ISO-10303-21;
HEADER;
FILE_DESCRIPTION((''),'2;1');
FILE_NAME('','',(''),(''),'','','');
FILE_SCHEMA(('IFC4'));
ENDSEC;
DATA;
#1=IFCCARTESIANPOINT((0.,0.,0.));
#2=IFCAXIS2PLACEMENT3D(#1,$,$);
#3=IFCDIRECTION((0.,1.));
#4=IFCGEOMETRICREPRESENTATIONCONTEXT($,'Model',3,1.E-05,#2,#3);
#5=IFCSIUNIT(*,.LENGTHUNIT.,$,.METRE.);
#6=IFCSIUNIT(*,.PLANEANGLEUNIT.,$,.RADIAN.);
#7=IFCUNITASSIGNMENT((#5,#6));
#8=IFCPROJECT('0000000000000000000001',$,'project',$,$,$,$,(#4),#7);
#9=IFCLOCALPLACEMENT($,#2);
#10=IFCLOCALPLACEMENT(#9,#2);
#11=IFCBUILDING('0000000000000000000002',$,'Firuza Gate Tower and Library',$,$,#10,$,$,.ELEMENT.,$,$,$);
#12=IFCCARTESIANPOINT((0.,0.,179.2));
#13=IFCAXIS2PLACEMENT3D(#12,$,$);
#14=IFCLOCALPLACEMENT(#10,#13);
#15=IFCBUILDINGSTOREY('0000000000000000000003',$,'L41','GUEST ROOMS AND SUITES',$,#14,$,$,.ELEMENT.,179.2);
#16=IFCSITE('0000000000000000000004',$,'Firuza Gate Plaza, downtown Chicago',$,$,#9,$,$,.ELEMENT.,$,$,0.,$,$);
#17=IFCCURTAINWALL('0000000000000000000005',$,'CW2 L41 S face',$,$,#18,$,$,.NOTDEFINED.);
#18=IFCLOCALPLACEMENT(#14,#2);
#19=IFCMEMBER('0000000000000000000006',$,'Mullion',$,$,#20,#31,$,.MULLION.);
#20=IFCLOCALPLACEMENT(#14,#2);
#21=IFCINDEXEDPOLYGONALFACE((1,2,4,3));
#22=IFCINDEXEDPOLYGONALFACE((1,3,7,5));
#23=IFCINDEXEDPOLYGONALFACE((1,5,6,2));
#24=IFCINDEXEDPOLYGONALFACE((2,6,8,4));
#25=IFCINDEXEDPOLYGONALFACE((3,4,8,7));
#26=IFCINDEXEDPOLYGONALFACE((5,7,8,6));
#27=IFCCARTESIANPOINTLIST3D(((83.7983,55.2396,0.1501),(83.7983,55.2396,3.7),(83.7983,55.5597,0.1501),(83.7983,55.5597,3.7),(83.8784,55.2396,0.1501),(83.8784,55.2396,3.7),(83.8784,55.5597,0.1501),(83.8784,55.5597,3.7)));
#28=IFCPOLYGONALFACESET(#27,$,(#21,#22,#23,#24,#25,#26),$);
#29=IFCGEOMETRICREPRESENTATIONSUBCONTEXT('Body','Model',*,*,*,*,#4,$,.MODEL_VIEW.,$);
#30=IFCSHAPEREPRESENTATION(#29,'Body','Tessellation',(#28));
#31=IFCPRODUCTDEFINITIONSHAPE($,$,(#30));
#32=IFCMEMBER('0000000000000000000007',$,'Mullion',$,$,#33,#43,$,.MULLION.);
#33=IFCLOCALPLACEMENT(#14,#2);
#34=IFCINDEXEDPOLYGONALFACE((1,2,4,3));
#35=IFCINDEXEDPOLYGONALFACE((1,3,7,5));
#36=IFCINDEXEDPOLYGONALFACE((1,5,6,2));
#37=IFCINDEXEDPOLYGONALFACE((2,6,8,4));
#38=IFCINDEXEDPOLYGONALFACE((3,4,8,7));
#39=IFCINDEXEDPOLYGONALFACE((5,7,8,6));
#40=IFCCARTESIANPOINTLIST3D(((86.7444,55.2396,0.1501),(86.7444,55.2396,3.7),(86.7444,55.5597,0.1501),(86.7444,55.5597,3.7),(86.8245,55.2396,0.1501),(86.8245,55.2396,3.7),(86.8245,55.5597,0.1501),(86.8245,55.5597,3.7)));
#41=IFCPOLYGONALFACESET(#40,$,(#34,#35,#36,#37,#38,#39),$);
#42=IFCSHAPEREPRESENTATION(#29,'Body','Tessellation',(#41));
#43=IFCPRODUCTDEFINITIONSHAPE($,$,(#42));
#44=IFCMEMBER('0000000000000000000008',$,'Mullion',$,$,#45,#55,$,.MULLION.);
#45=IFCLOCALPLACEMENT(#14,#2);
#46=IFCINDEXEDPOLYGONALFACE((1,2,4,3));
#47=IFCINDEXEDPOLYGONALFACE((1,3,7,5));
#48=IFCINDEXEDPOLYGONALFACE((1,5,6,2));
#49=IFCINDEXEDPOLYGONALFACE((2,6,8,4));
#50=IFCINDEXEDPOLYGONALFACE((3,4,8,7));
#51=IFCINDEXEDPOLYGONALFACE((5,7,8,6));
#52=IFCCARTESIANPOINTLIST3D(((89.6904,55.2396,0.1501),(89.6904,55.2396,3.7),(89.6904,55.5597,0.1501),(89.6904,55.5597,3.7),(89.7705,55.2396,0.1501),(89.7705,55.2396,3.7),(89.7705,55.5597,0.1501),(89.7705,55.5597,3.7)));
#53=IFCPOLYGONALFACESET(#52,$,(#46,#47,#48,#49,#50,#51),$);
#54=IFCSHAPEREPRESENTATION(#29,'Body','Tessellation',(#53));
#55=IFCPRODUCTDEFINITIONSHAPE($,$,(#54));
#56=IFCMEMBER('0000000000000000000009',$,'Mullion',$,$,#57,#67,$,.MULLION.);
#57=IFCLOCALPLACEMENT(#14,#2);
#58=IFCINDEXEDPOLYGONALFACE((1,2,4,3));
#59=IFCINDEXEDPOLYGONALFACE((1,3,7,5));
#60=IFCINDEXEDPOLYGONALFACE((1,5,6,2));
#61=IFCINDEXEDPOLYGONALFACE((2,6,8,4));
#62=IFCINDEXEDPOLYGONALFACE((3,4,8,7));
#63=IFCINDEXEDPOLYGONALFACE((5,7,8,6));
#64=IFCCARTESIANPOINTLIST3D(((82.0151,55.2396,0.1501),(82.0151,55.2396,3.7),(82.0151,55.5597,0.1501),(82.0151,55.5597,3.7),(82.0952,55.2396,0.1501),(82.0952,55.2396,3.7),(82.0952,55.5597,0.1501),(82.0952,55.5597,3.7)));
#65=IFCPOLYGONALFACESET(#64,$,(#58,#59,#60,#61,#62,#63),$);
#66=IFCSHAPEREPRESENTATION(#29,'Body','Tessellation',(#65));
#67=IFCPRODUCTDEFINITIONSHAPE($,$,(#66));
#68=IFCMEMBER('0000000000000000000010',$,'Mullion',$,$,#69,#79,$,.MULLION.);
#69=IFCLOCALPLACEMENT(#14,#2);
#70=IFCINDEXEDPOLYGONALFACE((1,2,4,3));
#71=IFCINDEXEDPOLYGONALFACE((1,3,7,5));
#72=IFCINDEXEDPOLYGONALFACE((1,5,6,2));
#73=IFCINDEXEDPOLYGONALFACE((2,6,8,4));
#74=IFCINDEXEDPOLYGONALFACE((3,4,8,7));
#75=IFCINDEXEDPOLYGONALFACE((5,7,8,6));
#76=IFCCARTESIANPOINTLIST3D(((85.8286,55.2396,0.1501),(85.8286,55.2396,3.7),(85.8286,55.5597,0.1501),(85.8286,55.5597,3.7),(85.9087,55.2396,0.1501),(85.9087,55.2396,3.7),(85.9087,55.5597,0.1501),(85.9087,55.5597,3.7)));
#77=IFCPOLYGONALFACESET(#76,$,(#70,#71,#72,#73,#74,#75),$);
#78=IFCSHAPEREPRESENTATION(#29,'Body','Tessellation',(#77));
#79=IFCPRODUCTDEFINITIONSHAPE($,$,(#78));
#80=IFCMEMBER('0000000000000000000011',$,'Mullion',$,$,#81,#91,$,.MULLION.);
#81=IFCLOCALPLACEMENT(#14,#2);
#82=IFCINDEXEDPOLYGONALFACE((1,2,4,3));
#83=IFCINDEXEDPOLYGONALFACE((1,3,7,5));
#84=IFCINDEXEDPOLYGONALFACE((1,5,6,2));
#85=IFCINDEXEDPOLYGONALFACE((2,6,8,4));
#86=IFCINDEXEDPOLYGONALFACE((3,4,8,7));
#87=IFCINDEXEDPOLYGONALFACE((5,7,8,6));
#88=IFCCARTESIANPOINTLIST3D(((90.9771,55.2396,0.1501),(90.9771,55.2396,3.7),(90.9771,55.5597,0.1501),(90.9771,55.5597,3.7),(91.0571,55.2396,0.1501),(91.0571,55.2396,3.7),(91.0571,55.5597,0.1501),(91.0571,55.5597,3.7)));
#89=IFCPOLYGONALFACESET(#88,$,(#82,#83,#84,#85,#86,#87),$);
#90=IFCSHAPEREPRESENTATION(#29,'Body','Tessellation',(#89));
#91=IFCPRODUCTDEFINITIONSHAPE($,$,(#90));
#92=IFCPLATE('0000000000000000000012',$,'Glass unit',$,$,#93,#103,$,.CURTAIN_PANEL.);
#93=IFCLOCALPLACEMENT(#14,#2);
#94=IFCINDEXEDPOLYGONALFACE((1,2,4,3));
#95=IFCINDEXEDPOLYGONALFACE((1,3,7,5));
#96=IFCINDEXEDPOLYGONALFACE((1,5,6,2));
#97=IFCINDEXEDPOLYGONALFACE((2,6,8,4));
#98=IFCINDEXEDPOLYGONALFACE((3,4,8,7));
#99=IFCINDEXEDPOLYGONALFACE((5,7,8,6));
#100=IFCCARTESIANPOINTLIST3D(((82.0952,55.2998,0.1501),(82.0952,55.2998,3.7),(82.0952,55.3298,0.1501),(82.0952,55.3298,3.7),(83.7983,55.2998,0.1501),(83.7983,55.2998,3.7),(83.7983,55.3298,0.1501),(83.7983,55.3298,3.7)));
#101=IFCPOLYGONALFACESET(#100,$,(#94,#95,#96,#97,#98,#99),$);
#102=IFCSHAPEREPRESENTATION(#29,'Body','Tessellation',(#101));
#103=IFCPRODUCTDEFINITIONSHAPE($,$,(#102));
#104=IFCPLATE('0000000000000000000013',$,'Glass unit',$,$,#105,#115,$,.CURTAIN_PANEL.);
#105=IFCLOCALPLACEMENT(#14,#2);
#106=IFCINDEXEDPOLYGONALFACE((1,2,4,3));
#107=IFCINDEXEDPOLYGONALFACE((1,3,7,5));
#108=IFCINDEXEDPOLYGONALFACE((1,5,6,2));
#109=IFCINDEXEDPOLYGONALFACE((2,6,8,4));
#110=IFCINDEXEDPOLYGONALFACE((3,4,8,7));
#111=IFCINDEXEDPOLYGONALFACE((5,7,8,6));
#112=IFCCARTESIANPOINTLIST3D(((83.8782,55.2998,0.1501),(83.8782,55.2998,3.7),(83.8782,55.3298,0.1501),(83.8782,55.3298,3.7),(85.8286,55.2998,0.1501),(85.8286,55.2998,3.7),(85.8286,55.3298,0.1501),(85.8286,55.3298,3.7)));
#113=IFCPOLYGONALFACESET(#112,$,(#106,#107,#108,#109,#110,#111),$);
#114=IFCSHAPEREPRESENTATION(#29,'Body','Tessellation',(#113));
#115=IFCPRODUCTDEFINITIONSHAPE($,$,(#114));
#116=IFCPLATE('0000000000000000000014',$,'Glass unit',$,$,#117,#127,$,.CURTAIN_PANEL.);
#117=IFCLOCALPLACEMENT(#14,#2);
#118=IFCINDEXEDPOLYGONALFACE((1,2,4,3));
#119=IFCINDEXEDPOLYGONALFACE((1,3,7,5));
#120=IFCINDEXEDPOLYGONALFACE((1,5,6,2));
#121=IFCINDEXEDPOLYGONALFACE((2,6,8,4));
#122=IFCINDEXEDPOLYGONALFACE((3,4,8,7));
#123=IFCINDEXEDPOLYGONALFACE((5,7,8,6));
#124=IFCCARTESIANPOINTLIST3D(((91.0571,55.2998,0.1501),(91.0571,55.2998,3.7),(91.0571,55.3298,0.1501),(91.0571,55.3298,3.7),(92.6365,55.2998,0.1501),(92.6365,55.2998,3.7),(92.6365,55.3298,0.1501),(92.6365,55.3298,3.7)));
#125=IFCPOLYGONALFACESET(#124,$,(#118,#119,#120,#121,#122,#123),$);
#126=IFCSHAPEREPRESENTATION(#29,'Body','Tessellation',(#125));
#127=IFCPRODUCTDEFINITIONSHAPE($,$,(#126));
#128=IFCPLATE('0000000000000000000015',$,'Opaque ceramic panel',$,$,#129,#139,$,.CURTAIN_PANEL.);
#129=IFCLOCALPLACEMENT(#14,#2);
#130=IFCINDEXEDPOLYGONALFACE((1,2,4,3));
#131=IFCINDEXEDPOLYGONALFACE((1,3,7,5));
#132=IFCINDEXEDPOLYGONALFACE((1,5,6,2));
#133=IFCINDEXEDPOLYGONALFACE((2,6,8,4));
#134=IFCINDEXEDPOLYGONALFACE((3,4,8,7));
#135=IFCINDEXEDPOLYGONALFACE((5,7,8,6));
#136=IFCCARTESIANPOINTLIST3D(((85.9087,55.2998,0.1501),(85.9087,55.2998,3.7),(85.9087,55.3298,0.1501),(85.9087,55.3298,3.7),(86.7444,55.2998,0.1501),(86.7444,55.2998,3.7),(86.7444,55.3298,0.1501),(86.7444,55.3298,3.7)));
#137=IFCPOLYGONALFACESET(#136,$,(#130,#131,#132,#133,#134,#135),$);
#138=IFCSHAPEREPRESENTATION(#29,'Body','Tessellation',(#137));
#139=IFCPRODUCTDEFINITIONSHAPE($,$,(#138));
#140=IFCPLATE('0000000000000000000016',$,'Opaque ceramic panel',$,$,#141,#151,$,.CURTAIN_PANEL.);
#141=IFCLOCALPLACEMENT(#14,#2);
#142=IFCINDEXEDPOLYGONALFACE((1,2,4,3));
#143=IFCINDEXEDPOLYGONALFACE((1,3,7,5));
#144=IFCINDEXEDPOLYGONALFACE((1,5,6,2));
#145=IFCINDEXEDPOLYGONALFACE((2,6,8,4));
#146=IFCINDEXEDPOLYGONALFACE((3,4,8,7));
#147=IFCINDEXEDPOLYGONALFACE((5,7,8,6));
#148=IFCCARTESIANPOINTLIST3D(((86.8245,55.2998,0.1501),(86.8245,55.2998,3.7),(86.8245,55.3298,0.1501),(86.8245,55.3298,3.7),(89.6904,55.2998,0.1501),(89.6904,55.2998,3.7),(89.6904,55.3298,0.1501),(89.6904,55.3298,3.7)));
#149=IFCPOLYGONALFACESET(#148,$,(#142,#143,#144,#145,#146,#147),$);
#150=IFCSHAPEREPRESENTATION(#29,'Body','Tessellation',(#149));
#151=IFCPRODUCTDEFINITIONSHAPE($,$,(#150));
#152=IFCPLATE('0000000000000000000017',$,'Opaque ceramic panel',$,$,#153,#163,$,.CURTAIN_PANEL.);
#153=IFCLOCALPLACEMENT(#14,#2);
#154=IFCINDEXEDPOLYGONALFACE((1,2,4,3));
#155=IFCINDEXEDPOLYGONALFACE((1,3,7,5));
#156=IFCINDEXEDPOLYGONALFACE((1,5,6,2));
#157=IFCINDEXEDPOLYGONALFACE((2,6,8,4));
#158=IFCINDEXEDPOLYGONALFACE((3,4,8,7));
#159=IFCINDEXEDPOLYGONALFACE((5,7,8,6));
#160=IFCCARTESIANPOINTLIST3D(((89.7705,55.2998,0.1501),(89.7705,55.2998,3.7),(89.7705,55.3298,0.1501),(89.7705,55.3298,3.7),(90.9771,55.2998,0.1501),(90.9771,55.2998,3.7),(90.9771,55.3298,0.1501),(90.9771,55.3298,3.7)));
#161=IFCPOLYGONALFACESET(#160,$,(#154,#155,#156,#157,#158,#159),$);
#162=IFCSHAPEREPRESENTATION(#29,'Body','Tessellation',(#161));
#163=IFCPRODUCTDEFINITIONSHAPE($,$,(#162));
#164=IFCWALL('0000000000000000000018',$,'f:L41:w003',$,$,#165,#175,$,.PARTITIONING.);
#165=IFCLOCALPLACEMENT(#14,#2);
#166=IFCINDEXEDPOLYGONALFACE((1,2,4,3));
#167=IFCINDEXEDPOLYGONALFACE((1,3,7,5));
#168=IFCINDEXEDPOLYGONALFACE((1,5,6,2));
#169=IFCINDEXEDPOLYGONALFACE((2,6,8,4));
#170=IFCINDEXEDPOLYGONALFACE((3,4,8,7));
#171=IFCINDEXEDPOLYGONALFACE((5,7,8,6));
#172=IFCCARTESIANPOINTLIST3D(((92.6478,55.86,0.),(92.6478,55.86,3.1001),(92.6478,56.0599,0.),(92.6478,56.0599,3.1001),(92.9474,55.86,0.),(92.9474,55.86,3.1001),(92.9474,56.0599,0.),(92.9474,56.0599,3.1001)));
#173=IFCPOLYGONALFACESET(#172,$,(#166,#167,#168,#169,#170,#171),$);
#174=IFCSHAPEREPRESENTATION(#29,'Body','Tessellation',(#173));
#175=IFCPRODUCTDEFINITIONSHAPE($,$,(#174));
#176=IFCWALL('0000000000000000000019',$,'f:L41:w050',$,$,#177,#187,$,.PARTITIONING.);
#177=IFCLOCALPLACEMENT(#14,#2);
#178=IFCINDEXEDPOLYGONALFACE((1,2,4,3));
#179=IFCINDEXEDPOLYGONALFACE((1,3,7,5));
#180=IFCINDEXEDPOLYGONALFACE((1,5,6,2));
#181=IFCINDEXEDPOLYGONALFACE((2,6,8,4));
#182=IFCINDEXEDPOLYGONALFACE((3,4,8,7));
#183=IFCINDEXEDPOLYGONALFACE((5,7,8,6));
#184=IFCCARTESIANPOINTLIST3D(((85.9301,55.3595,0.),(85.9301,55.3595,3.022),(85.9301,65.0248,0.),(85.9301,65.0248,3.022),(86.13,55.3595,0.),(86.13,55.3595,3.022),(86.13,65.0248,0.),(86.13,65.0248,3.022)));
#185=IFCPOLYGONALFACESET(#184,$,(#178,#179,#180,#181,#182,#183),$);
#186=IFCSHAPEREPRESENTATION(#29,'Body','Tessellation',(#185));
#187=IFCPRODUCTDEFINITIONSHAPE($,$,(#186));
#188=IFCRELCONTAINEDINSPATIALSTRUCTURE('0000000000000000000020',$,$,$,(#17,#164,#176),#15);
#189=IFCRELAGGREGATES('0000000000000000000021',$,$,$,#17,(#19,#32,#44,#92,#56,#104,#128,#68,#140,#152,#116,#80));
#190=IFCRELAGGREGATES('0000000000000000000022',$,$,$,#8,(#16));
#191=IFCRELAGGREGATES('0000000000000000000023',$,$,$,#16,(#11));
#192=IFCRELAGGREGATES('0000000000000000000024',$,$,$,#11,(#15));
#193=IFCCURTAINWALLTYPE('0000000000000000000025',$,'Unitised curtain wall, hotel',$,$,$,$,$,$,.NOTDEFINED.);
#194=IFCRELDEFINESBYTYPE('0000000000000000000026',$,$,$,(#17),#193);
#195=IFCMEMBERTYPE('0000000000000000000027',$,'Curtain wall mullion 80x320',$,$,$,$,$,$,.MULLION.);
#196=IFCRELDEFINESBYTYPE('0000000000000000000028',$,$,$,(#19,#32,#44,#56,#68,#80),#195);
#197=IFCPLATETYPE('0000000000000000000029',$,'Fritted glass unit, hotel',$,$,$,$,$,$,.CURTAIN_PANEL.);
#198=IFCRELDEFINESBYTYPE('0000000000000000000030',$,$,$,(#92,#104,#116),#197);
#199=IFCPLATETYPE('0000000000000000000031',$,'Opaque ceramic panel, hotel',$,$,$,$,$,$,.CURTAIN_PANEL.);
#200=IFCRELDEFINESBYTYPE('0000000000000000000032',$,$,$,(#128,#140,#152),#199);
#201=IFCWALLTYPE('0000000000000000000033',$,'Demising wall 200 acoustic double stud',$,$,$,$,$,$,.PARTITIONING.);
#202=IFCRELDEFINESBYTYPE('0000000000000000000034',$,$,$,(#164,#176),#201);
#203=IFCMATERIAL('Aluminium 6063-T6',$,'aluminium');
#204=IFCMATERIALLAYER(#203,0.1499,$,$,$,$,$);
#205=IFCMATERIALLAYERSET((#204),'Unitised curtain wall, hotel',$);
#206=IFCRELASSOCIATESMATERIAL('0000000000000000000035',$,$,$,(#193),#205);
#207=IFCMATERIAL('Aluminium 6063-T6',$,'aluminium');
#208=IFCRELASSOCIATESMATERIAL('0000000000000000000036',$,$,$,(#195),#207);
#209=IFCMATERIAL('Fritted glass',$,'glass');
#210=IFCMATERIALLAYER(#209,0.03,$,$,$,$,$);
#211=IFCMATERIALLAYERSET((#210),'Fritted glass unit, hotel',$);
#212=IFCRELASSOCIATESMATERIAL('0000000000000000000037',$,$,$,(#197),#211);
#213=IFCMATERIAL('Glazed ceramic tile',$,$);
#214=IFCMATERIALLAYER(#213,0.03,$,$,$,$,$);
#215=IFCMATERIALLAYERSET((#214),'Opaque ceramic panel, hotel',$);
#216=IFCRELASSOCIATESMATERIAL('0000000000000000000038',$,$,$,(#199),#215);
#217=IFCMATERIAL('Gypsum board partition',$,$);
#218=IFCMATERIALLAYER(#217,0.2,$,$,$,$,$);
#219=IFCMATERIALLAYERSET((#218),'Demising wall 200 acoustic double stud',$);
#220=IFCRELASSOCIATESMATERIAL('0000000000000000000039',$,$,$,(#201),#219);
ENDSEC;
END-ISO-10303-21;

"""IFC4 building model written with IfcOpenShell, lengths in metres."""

from ifc_helpers import new_model, si_unit, direction, frame, frame_2d, origin, origin_2d, place, context, subcontext, project, spatial, polyline, rectangle, outline, extrude, material, layer, layer_set, material_profile, profile_set, type_object, element, aggregate, save


model = new_model("IFC4")

# Units and contexts
model_context = context("Model", 3, precision=1e-05, world=origin(), true_north=direction((0.0, 1.0)))
body_context = subcontext(model_context, "Body", "Model", "MODEL_VIEW")
ifc_project = project(units=[si_unit("LENGTHUNIT", "METRE"), si_unit("PLANEANGLEUNIT", "RADIAN")], contexts=[model_context])

# Site, building, storey
site_placement = place(None, origin())
site = spatial("IfcSite", under=ifc_project, at=site_placement, Name="Firuza Gate Plaza, downtown Chicago", CompositionType="ELEMENT", RefElevation=0.0)
building_placement = place(site_placement, origin())
building = spatial("IfcBuilding", under=site, at=building_placement, Name="Firuza Gate Tower and Library", CompositionType="ELEMENT")
storey_placement = place(building_placement, frame((0.0, 0.0, 179.2)))
storey = spatial("IfcBuildingStorey", under=building, at=storey_placement, Name="L41", Description="GUEST ROOMS AND SUITES", CompositionType="ELEMENT", Elevation=179.2)

# Curtain wall, members, plates
ifc_material_1 = material(Name="Aluminium 6063-T6", Category="aluminium")
ifc_layer_1 = layer(ifc_material_1, 0.1499)
ifc_layer_set_1 = layer_set([ifc_layer_1], Name="Unitised curtain wall, hotel")
curtain_wall_type = type_object("IfcCurtainWallType", Name="Unitised curtain wall, hotel", PredefinedType="NOTDEFINED", material=ifc_layer_set_1)
curtain_wall_placement = place(storey_placement, origin())
curtain_wall = element("IfcCurtainWall", 1, at=curtain_wall_placement, inside=storey, type_object=curtain_wall_type, Name="CW2 L41 S face", PredefinedType="NOTDEFINED")
ifc_material_2 = material(Name="Aluminium 6063-T6", Category="aluminium")
ifc_material_profile = material_profile(ifc_material_2, rectangle(XDim=0.3201, YDim=0.0801, at=origin_2d()))
ifc_profile_set = profile_set([ifc_material_profile], Name="Aluminium 6063-T6")
member_type = type_object("IfcMemberType", Name="Curtain wall mullion 80x320", PredefinedType="MULLION", material=ifc_profile_set)
member_1_placement = place(storey_placement, frame((83.8384, 55.3997, 0.1501), z_axis=(0.0, 0.0, 1.0), x_axis=(0.0, 1.0, 0.0)))
member_1 = element("IfcMember", 2, at=member_1_placement, type_object=member_type, Name="Mullion", PredefinedType="MULLION", context=body_context, shape_type="SweptSolid", body=[
    extrude(rectangle(XDim=0.3201, YDim=0.0801, at=origin_2d()), origin(), (0.0, 0.0, 1.0), 3.5498),
])
member_2_placement = place(storey_placement, frame((86.7844, 55.3997, 0.1501), z_axis=(0.0, 0.0, 1.0), x_axis=(0.0, 1.0, 0.0)))
member_2 = element("IfcMember", 3, at=member_2_placement, type_object=member_type, Name="Mullion", PredefinedType="MULLION", context=body_context, shape_type="SweptSolid", body=[
    extrude(rectangle(XDim=0.3201, YDim=0.0801, at=origin_2d()), origin(), (0.0, 0.0, 1.0), 3.5498),
])
member_3_placement = place(storey_placement, frame((89.7305, 55.3997, 0.1501), z_axis=(0.0, 0.0, 1.0), x_axis=(0.0, 1.0, 0.0)))
member_3 = element("IfcMember", 4, at=member_3_placement, type_object=member_type, Name="Mullion", PredefinedType="MULLION", context=body_context, shape_type="SweptSolid", body=[
    extrude(rectangle(XDim=0.3201, YDim=0.0801, at=origin_2d()), origin(), (0.0, 0.0, 1.0), 3.5498),
])
member_4_placement = place(storey_placement, frame((82.0552, 55.3997, 0.1501), z_axis=(0.0, 0.0, 1.0), x_axis=(0.0, 1.0, 0.0)))
member_4 = element("IfcMember", 5, at=member_4_placement, type_object=member_type, Name="Mullion", PredefinedType="MULLION", context=body_context, shape_type="SweptSolid", body=[
    extrude(rectangle(XDim=0.3201, YDim=0.0801, at=origin_2d()), origin(), (0.0, 0.0, 1.0), 3.5498),
])
member_5_placement = place(storey_placement, frame((85.8687, 55.3997, 0.1501), z_axis=(0.0, 0.0, 1.0), x_axis=(0.0, 1.0, 0.0)))
member_5 = element("IfcMember", 6, at=member_5_placement, type_object=member_type, Name="Mullion", PredefinedType="MULLION", context=body_context, shape_type="SweptSolid", body=[
    extrude(rectangle(XDim=0.3201, YDim=0.0801, at=origin_2d()), origin(), (0.0, 0.0, 1.0), 3.5498),
])
member_6_placement = place(storey_placement, frame((91.0171, 55.3997, 0.1501), z_axis=(0.0, 0.0, 1.0), x_axis=(0.0, 1.0, 0.0)))
member_6 = element("IfcMember", 7, at=member_6_placement, type_object=member_type, Name="Mullion", PredefinedType="MULLION", context=body_context, shape_type="SweptSolid", body=[
    extrude(rectangle(XDim=0.3201, YDim=0.0801, at=origin_2d()), origin(), (0.0, 0.0, 1.0), 3.5498),
])
ifc_material_3 = material(Name="Fritted glass", Category="glass")
ifc_layer_2 = layer(ifc_material_3, 0.03)
ifc_layer_set_2 = layer_set([ifc_layer_2], Name="Fritted glass unit, hotel")
plate_type_1 = type_object("IfcPlateType", Name="Fritted glass unit, hotel", PredefinedType="CURTAIN_PANEL", material=ifc_layer_set_2)
plate_1_placement = place(storey_placement, frame((82.0952, 55.2998, 0.1501), z_axis=(0.0, -1.0, 0.0), x_axis=(1.0, 0.0, 0.0)))
plate_1 = element("IfcPlate", 8, at=plate_1_placement, type_object=plate_type_1, Name="Glass unit", PredefinedType="CURTAIN_PANEL", context=body_context, shape_type="SweptSolid", body=[
    extrude(outline(polyline([(0.0, 0.0), (1.7031, 0.0), (1.7031, 3.5498), (0.0, 3.5498), (0.0, 0.0)])), origin(), (0.0, 0.0, -1.0), 0.03),
])
plate_2_placement = place(storey_placement, frame((83.8782, 55.2998, 0.1501), z_axis=(0.0, -1.0, 0.0), x_axis=(1.0, 0.0, 0.0)))
plate_2 = element("IfcPlate", 9, at=plate_2_placement, type_object=plate_type_1, Name="Glass unit", PredefinedType="CURTAIN_PANEL", context=body_context, shape_type="SweptSolid", body=[
    extrude(outline(polyline([(0.0, 0.0), (1.9504, 0.0), (1.9504, 3.5498), (0.0, 3.5498), (0.0, 0.0)])), origin(), (0.0, 0.0, -1.0), 0.03),
])
plate_3_placement = place(storey_placement, frame((91.0571, 55.2998, 0.1501), z_axis=(0.0, -1.0, 0.0), x_axis=(1.0, 0.0, 0.0)))
plate_3 = element("IfcPlate", 10, at=plate_3_placement, type_object=plate_type_1, Name="Glass unit", PredefinedType="CURTAIN_PANEL", context=body_context, shape_type="SweptSolid", body=[
    extrude(outline(polyline([(0.0, 0.0), (1.5793, 0.0), (1.5793, 3.5498), (0.0, 3.5498), (0.0, 0.0)])), origin(), (0.0, 0.0, -1.0), 0.03),
])
ifc_material_4 = material(Name="Glazed ceramic tile")
ifc_layer_3 = layer(ifc_material_4, 0.03)
ifc_layer_set_3 = layer_set([ifc_layer_3], Name="Opaque ceramic panel, hotel")
plate_type_2 = type_object("IfcPlateType", Name="Opaque ceramic panel, hotel", PredefinedType="CURTAIN_PANEL", material=ifc_layer_set_3)
plate_4_placement = place(storey_placement, frame((85.9087, 55.2998, 0.1501), z_axis=(0.0, -1.0, 0.0), x_axis=(1.0, 0.0, 0.0)))
plate_4 = element("IfcPlate", 11, at=plate_4_placement, type_object=plate_type_2, Name="Opaque ceramic panel", PredefinedType="CURTAIN_PANEL", context=body_context, shape_type="SweptSolid", body=[
    extrude(outline(polyline([(0.0, 0.0), (0.8357, 0.0), (0.8357, 3.5498), (0.0, 3.5498), (0.0, 0.0)])), origin(), (0.0, 0.0, -1.0), 0.03),
])
plate_5_placement = place(storey_placement, frame((86.8245, 55.2998, 0.1501), z_axis=(0.0, -1.0, 0.0), x_axis=(1.0, 0.0, 0.0)))
plate_5 = element("IfcPlate", 12, at=plate_5_placement, type_object=plate_type_2, Name="Opaque ceramic panel", PredefinedType="CURTAIN_PANEL", context=body_context, shape_type="SweptSolid", body=[
    extrude(outline(polyline([(0.0, 0.0), (2.866, 0.0), (2.866, 3.5498), (0.0, 3.5498), (0.0, 0.0)])), origin(), (0.0, 0.0, -1.0), 0.03),
])
plate_6_placement = place(storey_placement, frame((89.7705, 55.2998, 0.1501), z_axis=(0.0, -1.0, 0.0), x_axis=(1.0, 0.0, 0.0)))
plate_6 = element("IfcPlate", 13, at=plate_6_placement, type_object=plate_type_2, Name="Opaque ceramic panel", PredefinedType="CURTAIN_PANEL", context=body_context, shape_type="SweptSolid", body=[
    extrude(outline(polyline([(0.0, 0.0), (1.2065, 0.0), (1.2065, 3.5498), (0.0, 3.5498), (0.0, 0.0)])), origin(), (0.0, 0.0, -1.0), 0.03),
])
aggregate(curtain_wall, [member_1, member_2, member_3, plate_1, member_4, plate_2, plate_4, member_5, plate_5, plate_6, plate_3, member_6])

# Walls
ifc_material_5 = material(Name="Gypsum board partition")
ifc_layer_4 = layer(ifc_material_5, 0.2)
ifc_layer_set_4 = layer_set([ifc_layer_4], Name="Demising wall 200 acoustic double stud")
wall_type = type_object("IfcWallType", Name="Demising wall 200 acoustic double stud", PredefinedType="PARTITIONING", material=ifc_layer_set_4)
wall_1_placement = place(storey_placement, frame((92.6477, 55.96, 0.0), z_axis=(0.0, 0.0, 1.0), x_axis=(1.0, 0.0, 0.0)))
element("IfcWall", 14, at=wall_1_placement, inside=storey, type_object=wall_type, Name="f:L41:w003", PredefinedType="PARTITIONING", context=body_context, shape_type="SweptSolid", body=[
    extrude(rectangle(XDim=0.2996, YDim=0.2, at=frame_2d((0.1499, 0.0))), origin(), (0.0, 0.0, 1.0), 3.1001),
])
wall_2_placement = place(storey_placement, frame((86.03, 55.3596, 0.0), z_axis=(0.0, 0.0, 1.0), x_axis=(0.0, 1.0, 0.0)))
element("IfcWall", 15, at=wall_2_placement, inside=storey, type_object=wall_type, Name="f:L41:w050", PredefinedType="PARTITIONING", context=body_context, shape_type="SweptSolid", body=[
    extrude(rectangle(XDim=9.6653, YDim=0.2, at=frame_2d((4.8325, 0.0))), origin(), (0.0, 0.0, 1.0), 3.022),
])

save(model, "model.ifc")
